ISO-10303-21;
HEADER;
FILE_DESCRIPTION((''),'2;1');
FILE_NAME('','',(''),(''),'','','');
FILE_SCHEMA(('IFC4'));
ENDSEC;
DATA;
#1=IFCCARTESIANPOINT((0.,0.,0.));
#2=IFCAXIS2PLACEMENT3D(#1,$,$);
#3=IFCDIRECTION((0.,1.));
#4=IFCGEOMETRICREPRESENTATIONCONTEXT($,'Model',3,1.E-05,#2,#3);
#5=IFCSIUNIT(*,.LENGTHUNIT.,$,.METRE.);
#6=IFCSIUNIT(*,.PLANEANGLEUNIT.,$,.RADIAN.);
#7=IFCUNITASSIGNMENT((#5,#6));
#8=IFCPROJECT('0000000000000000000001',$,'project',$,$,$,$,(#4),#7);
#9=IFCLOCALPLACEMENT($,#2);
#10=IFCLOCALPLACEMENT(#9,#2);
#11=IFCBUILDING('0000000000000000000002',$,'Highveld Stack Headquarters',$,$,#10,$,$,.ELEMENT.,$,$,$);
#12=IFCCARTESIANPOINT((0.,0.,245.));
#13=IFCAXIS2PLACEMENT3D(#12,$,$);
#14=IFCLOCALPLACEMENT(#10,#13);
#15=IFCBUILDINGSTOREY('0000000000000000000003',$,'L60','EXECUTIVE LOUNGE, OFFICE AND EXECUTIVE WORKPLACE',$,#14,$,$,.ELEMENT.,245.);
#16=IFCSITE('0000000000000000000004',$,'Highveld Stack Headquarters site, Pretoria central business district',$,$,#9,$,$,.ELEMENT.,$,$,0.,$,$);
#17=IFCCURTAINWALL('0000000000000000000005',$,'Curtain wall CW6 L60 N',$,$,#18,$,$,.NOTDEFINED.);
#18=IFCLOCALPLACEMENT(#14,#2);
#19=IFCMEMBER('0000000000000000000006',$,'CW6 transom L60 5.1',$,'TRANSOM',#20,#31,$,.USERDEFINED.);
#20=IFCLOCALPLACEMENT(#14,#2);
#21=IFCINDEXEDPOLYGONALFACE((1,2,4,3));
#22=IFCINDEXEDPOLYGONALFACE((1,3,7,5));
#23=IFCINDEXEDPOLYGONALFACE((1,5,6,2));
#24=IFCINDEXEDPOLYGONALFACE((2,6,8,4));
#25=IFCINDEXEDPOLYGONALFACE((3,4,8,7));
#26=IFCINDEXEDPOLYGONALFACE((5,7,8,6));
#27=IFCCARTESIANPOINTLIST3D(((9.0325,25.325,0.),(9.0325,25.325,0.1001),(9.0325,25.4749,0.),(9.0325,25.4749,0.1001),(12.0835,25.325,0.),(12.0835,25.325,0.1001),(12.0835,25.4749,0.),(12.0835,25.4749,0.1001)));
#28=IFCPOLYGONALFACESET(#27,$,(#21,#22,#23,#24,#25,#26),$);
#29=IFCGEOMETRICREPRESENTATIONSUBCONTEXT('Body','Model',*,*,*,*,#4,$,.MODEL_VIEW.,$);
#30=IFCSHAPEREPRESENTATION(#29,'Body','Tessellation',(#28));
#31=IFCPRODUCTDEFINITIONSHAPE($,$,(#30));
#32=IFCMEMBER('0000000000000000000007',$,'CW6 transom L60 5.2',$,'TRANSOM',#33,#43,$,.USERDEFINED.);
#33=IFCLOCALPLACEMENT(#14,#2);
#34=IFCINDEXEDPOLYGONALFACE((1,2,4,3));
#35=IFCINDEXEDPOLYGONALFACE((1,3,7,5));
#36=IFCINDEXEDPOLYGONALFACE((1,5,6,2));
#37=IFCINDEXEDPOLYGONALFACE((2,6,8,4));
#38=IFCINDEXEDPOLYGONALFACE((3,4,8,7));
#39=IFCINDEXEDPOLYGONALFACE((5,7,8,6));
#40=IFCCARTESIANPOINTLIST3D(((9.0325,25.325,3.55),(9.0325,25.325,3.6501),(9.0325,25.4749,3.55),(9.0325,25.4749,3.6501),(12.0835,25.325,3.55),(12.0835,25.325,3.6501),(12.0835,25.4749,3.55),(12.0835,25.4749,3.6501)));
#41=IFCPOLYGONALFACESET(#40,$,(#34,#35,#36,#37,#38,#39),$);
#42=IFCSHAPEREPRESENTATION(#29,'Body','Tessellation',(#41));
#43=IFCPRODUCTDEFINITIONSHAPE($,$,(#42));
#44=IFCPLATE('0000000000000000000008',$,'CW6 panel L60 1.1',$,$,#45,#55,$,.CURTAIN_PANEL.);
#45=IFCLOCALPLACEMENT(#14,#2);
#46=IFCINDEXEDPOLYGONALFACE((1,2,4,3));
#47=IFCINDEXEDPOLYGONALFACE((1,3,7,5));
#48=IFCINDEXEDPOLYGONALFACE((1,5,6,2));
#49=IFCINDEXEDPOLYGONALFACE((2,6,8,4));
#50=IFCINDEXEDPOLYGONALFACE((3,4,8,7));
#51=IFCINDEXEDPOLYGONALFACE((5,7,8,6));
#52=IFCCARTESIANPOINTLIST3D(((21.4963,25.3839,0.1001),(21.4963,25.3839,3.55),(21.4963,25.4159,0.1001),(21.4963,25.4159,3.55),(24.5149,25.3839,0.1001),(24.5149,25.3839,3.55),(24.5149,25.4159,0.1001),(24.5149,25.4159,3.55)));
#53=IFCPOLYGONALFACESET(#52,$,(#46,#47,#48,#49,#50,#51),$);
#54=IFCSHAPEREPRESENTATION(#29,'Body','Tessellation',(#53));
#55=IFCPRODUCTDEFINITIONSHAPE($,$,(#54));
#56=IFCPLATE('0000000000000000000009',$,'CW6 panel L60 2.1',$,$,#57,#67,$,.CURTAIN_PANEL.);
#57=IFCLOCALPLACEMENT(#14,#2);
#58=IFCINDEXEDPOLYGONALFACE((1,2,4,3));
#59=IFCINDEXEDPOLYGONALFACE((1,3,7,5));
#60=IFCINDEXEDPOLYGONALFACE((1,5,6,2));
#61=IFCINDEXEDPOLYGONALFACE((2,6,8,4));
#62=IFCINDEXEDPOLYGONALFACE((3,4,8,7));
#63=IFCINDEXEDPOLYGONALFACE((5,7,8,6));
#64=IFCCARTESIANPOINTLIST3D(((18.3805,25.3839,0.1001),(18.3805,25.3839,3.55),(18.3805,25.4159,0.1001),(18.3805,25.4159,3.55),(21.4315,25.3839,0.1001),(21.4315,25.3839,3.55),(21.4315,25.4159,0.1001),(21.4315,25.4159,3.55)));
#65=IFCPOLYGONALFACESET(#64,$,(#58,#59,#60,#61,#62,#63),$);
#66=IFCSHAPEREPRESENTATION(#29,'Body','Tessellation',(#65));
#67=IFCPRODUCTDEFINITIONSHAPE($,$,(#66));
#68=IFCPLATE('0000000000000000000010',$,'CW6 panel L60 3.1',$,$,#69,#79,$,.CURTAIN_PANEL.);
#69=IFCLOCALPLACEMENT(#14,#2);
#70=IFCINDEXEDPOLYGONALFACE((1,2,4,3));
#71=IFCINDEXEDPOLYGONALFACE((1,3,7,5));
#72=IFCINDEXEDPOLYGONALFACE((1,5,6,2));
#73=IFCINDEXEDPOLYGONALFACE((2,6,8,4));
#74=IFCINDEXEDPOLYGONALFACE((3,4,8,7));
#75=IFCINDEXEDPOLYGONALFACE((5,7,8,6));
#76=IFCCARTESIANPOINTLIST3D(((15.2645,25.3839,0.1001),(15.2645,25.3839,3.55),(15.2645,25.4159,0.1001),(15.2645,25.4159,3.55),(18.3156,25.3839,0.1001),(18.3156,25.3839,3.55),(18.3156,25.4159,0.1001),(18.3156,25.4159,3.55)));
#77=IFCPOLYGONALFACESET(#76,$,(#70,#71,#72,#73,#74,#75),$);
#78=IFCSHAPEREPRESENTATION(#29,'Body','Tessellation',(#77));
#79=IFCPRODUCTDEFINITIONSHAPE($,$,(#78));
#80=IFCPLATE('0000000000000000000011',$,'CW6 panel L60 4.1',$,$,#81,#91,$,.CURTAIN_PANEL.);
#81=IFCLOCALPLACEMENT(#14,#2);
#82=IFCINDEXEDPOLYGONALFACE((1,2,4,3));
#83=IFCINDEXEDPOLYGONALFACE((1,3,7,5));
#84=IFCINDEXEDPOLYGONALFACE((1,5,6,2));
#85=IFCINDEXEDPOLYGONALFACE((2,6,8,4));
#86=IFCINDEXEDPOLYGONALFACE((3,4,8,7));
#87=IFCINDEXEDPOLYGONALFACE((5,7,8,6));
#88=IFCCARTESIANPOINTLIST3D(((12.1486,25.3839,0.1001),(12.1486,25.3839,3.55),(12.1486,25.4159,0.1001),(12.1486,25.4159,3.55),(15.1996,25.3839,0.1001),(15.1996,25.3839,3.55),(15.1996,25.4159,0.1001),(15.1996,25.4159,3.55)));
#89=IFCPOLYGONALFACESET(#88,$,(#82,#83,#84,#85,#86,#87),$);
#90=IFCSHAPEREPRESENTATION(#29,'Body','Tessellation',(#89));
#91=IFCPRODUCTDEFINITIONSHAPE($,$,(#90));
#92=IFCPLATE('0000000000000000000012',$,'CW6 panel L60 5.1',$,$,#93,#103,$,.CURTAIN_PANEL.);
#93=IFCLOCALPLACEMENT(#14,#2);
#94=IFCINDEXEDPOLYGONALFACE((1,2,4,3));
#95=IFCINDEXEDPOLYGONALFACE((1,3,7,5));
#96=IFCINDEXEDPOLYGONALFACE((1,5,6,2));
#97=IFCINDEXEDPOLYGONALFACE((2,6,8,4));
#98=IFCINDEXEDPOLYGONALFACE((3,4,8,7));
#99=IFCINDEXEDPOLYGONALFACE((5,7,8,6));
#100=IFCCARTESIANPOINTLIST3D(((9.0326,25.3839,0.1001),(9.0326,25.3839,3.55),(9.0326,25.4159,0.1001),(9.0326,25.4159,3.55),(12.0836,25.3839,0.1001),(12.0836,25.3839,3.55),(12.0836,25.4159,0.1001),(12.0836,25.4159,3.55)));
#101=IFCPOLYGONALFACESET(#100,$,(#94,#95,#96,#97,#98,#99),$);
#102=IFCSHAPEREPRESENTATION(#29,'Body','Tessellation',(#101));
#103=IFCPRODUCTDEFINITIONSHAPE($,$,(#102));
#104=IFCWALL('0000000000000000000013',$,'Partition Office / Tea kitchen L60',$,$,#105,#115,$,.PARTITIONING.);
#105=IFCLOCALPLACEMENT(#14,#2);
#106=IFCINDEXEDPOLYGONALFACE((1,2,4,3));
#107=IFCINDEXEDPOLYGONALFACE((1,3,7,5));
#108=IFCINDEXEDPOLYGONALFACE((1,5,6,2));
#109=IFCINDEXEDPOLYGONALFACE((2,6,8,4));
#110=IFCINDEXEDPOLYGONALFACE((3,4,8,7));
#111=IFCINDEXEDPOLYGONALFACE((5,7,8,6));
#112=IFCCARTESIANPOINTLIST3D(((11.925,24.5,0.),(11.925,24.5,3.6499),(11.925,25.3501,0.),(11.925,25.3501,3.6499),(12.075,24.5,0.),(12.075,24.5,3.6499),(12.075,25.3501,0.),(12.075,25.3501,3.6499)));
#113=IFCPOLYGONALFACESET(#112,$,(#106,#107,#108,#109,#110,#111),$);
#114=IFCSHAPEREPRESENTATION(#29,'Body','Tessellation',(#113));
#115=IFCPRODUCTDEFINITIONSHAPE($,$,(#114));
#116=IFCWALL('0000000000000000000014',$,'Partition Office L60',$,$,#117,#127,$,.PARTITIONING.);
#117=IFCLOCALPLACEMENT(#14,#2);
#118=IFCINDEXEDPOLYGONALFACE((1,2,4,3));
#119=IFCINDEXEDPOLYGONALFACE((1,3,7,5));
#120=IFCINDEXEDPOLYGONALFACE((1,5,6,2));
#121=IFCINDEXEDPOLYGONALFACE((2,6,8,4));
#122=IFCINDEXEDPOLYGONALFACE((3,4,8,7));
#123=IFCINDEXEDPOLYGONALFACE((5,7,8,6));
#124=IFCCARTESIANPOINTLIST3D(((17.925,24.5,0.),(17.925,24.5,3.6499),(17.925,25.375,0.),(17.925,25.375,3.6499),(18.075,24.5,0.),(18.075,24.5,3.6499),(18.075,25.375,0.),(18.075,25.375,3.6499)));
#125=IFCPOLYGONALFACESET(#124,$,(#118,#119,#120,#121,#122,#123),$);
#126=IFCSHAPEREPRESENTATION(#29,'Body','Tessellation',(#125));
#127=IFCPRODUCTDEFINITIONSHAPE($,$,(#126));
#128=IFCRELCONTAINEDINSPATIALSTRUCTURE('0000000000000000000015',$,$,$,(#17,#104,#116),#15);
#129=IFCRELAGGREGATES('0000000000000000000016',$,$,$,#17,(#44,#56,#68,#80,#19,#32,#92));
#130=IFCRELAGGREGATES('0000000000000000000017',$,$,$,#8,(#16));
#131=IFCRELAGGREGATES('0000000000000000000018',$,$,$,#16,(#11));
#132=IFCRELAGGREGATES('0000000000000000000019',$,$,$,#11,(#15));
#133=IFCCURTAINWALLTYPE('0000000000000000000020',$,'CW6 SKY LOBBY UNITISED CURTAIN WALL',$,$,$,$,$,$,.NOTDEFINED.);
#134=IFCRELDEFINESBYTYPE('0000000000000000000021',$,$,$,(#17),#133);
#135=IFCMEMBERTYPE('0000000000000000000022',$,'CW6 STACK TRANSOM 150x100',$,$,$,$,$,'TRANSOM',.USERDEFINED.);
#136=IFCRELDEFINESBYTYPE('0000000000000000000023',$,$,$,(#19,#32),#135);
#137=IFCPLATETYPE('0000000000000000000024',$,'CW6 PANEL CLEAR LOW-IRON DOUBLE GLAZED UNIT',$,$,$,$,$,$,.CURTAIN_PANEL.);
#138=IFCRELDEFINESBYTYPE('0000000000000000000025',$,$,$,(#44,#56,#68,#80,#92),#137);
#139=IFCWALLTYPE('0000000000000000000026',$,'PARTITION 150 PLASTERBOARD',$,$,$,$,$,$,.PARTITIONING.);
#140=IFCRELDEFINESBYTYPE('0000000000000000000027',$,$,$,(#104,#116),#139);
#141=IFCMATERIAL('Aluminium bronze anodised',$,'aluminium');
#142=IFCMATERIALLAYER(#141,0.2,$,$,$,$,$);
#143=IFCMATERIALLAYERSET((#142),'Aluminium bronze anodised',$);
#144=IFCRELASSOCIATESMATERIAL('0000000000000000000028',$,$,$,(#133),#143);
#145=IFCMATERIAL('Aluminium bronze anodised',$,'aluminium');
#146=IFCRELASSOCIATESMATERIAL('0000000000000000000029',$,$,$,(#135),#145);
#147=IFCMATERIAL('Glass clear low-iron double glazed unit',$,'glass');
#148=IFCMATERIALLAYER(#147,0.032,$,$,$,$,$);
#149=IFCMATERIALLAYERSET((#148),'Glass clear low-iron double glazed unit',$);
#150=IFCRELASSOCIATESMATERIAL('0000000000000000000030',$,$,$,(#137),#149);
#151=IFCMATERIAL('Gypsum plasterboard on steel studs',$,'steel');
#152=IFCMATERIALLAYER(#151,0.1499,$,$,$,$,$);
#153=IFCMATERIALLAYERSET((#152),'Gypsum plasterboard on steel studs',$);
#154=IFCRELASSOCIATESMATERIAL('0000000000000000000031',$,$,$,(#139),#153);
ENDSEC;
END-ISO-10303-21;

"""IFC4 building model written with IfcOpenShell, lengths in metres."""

from ifc_helpers import new_model, si_unit, direction, frame, frame_2d, origin, origin_2d, place, context, subcontext, project, spatial, rectangle, extrude, material, layer, layer_set, material_profile, profile_set, type_object, element, aggregate, save


model = new_model("IFC4")

# Units and contexts
model_context = context("Model", 3, precision=1e-05, world=origin(), true_north=direction((0.0, 1.0)))
body_context = subcontext(model_context, "Body", "Model", "MODEL_VIEW")
ifc_project = project(units=[si_unit("LENGTHUNIT", "METRE"), si_unit("PLANEANGLEUNIT", "RADIAN")], contexts=[model_context])

# Site, building, storey
site_placement = place(None, origin())
site = spatial("IfcSite", under=ifc_project, at=site_placement, Name="Highveld Stack Headquarters site, Pretoria central business district", CompositionType="ELEMENT", RefElevation=0.0)
building_placement = place(site_placement, origin())
building = spatial("IfcBuilding", under=site, at=building_placement, Name="Highveld Stack Headquarters", CompositionType="ELEMENT")
storey_placement = place(building_placement, frame((0.0, 0.0, 245.0)))
storey = spatial("IfcBuildingStorey", under=building, at=storey_placement, Name="L60", Description="EXECUTIVE LOUNGE, OFFICE AND EXECUTIVE WORKPLACE", CompositionType="ELEMENT", Elevation=245.0)

# Curtain wall, members, plates
ifc_material_1 = material(Name="Aluminium bronze anodised", Category="aluminium")
ifc_layer_1 = layer(ifc_material_1, 0.2)
ifc_layer_set_1 = layer_set([ifc_layer_1], Name="Aluminium bronze anodised")
curtain_wall_type = type_object("IfcCurtainWallType", Name="CW6 SKY LOBBY UNITISED CURTAIN WALL", PredefinedType="NOTDEFINED", material=ifc_layer_set_1)
curtain_wall_placement = place(storey_placement, origin())
curtain_wall = element("IfcCurtainWall", 1, at=curtain_wall_placement, inside=storey, type_object=curtain_wall_type, Name="Curtain wall CW6 L60 N", PredefinedType="NOTDEFINED")
ifc_material_2 = material(Name="Aluminium bronze anodised", Category="aluminium")
ifc_material_profile_1 = material_profile(ifc_material_2, rectangle(XDim=0.1499, YDim=0.1001, at=origin_2d()), Name="CW6 TRANSOM 150x100")
ifc_profile_set_1 = profile_set([ifc_material_profile_1], Name="Aluminium bronze anodised")
member_type_1 = type_object("IfcMemberType", Name="CW6 STACK TRANSOM 150x100", ElementType="TRANSOM", PredefinedType="USERDEFINED", material=ifc_profile_set_1)
member_1_placement = place(storey_placement, frame((12.0835, 25.3999, 0.05), z_axis=(-1.0, 0.0, 0.0), x_axis=(0.0, -1.0, 0.0)))
member_1 = element("IfcMember", 2, at=member_1_placement, type_object=member_type_1, Name="CW6 transom L60 5.1", ObjectType="TRANSOM", PredefinedType="USERDEFINED", context=body_context, shape_type="SweptSolid", body=[
    extrude(rectangle(XDim=0.1499, YDim=0.1001, at=origin_2d()), origin(), (0.0, 0.0, 1.0), 3.051),
])
member_2_placement = place(storey_placement, frame((12.0835, 25.3999, 3.6001), z_axis=(-1.0, 0.0, 0.0), x_axis=(0.0, -1.0, 0.0)))
member_2 = element("IfcMember", 3, at=member_2_placement, type_object=member_type_1, Name="CW6 transom L60 5.2", ObjectType="TRANSOM", PredefinedType="USERDEFINED", context=body_context, shape_type="SweptSolid", body=[
    extrude(rectangle(XDim=0.1499, YDim=0.1001, at=origin_2d()), origin(), (0.0, 0.0, 1.0), 3.051),
])
ifc_material_3 = material(Name="Glass clear low-iron double glazed unit", Category="glass")
ifc_layer_2 = layer(ifc_material_3, 0.032)
ifc_layer_set_2 = layer_set([ifc_layer_2], Name="Glass clear low-iron double glazed unit")
plate_type = type_object("IfcPlateType", Name="CW6 PANEL CLEAR LOW-IRON DOUBLE GLAZED UNIT", PredefinedType="CURTAIN_PANEL", material=ifc_layer_set_2)
plate_1_placement = place(storey_placement, frame((23.0056, 25.3999, 0.1001), z_axis=(0.0, 0.0, 1.0), x_axis=(-1.0, 0.0, 0.0)))
plate_1 = element("IfcPlate", 4, at=plate_1_placement, type_object=plate_type, Name="CW6 panel L60 1.1", PredefinedType="CURTAIN_PANEL", context=body_context, shape_type="SweptSolid", body=[
    extrude(rectangle(XDim=3.0186, YDim=0.032, at=origin_2d()), origin(), (0.0, 0.0, 1.0), 3.45),
])
plate_2_placement = place(storey_placement, frame((19.906, 25.3999, 0.1001), z_axis=(0.0, 0.0, 1.0), x_axis=(-1.0, 0.0, 0.0)))
plate_2 = element("IfcPlate", 5, at=plate_2_placement, type_object=plate_type, Name="CW6 panel L60 2.1", PredefinedType="CURTAIN_PANEL", context=body_context, shape_type="SweptSolid", body=[
    extrude(rectangle(XDim=3.051, YDim=0.032, at=origin_2d()), origin(), (0.0, 0.0, 1.0), 3.45),
])
plate_3_placement = place(storey_placement, frame((16.79, 25.3999, 0.1001), z_axis=(0.0, 0.0, 1.0), x_axis=(-1.0, 0.0, 0.0)))
plate_3 = element("IfcPlate", 6, at=plate_3_placement, type_object=plate_type, Name="CW6 panel L60 3.1", PredefinedType="CURTAIN_PANEL", context=body_context, shape_type="SweptSolid", body=[
    extrude(rectangle(XDim=3.051, YDim=0.032, at=origin_2d()), origin(), (0.0, 0.0, 1.0), 3.45),
])
plate_4_placement = place(storey_placement, frame((13.6741, 25.3999, 0.1001), z_axis=(0.0, 0.0, 1.0), x_axis=(-1.0, 0.0, 0.0)))
plate_4 = element("IfcPlate", 7, at=plate_4_placement, type_object=plate_type, Name="CW6 panel L60 4.1", PredefinedType="CURTAIN_PANEL", context=body_context, shape_type="SweptSolid", body=[
    extrude(rectangle(XDim=3.051, YDim=0.032, at=origin_2d()), origin(), (0.0, 0.0, 1.0), 3.45),
])
plate_5_placement = place(storey_placement, frame((10.5581, 25.3999, 0.1001), z_axis=(0.0, 0.0, 1.0), x_axis=(-1.0, 0.0, 0.0)))
plate_5 = element("IfcPlate", 8, at=plate_5_placement, type_object=plate_type, Name="CW6 panel L60 5.1", PredefinedType="CURTAIN_PANEL", context=body_context, shape_type="SweptSolid", body=[
    extrude(rectangle(XDim=3.051, YDim=0.032, at=origin_2d()), origin(), (0.0, 0.0, 1.0), 3.45),
])
aggregate(curtain_wall, [plate_1, plate_2, plate_3, plate_4, member_1, member_2, plate_5])

# Walls
ifc_material_4 = material(Name="Gypsum plasterboard on steel studs", Category="steel")
ifc_layer_3 = layer(ifc_material_4, 0.1499)
ifc_layer_set_3 = layer_set([ifc_layer_3], Name="Gypsum plasterboard on steel studs")
wall_type = type_object("IfcWallType", Name="PARTITION 150 PLASTERBOARD", PredefinedType="PARTITIONING", material=ifc_layer_set_3)
wall_1_placement = place(storey_placement, frame((12.0, 24.5, 0.0), z_axis=(0.0, 0.0, 1.0), x_axis=(0.0, 1.0, 0.0)))
element("IfcWall", 9, at=wall_1_placement, inside=storey, type_object=wall_type, Name="Partition Office / Tea kitchen L60", PredefinedType="PARTITIONING", context=body_context, shape_type="SweptSolid", body=[
    extrude(rectangle(XDim=0.8501, YDim=0.1499, at=frame_2d((0.425, 0.0))), origin(), (0.0, 0.0, 1.0), 3.6499),
])
wall_2_placement = place(storey_placement, frame((18.0, 24.5, 0.0), z_axis=(0.0, 0.0, 1.0), x_axis=(0.0, 1.0, 0.0)))
element("IfcWall", 10, at=wall_2_placement, inside=storey, type_object=wall_type, Name="Partition Office L60", PredefinedType="PARTITIONING", context=body_context, shape_type="SweptSolid", body=[
    extrude(rectangle(XDim=0.875, YDim=0.1499, at=frame_2d((0.4375, 0.0))), origin(), (0.0, 0.0, 1.0), 3.6499),
])

save(model, "model.ifc")
